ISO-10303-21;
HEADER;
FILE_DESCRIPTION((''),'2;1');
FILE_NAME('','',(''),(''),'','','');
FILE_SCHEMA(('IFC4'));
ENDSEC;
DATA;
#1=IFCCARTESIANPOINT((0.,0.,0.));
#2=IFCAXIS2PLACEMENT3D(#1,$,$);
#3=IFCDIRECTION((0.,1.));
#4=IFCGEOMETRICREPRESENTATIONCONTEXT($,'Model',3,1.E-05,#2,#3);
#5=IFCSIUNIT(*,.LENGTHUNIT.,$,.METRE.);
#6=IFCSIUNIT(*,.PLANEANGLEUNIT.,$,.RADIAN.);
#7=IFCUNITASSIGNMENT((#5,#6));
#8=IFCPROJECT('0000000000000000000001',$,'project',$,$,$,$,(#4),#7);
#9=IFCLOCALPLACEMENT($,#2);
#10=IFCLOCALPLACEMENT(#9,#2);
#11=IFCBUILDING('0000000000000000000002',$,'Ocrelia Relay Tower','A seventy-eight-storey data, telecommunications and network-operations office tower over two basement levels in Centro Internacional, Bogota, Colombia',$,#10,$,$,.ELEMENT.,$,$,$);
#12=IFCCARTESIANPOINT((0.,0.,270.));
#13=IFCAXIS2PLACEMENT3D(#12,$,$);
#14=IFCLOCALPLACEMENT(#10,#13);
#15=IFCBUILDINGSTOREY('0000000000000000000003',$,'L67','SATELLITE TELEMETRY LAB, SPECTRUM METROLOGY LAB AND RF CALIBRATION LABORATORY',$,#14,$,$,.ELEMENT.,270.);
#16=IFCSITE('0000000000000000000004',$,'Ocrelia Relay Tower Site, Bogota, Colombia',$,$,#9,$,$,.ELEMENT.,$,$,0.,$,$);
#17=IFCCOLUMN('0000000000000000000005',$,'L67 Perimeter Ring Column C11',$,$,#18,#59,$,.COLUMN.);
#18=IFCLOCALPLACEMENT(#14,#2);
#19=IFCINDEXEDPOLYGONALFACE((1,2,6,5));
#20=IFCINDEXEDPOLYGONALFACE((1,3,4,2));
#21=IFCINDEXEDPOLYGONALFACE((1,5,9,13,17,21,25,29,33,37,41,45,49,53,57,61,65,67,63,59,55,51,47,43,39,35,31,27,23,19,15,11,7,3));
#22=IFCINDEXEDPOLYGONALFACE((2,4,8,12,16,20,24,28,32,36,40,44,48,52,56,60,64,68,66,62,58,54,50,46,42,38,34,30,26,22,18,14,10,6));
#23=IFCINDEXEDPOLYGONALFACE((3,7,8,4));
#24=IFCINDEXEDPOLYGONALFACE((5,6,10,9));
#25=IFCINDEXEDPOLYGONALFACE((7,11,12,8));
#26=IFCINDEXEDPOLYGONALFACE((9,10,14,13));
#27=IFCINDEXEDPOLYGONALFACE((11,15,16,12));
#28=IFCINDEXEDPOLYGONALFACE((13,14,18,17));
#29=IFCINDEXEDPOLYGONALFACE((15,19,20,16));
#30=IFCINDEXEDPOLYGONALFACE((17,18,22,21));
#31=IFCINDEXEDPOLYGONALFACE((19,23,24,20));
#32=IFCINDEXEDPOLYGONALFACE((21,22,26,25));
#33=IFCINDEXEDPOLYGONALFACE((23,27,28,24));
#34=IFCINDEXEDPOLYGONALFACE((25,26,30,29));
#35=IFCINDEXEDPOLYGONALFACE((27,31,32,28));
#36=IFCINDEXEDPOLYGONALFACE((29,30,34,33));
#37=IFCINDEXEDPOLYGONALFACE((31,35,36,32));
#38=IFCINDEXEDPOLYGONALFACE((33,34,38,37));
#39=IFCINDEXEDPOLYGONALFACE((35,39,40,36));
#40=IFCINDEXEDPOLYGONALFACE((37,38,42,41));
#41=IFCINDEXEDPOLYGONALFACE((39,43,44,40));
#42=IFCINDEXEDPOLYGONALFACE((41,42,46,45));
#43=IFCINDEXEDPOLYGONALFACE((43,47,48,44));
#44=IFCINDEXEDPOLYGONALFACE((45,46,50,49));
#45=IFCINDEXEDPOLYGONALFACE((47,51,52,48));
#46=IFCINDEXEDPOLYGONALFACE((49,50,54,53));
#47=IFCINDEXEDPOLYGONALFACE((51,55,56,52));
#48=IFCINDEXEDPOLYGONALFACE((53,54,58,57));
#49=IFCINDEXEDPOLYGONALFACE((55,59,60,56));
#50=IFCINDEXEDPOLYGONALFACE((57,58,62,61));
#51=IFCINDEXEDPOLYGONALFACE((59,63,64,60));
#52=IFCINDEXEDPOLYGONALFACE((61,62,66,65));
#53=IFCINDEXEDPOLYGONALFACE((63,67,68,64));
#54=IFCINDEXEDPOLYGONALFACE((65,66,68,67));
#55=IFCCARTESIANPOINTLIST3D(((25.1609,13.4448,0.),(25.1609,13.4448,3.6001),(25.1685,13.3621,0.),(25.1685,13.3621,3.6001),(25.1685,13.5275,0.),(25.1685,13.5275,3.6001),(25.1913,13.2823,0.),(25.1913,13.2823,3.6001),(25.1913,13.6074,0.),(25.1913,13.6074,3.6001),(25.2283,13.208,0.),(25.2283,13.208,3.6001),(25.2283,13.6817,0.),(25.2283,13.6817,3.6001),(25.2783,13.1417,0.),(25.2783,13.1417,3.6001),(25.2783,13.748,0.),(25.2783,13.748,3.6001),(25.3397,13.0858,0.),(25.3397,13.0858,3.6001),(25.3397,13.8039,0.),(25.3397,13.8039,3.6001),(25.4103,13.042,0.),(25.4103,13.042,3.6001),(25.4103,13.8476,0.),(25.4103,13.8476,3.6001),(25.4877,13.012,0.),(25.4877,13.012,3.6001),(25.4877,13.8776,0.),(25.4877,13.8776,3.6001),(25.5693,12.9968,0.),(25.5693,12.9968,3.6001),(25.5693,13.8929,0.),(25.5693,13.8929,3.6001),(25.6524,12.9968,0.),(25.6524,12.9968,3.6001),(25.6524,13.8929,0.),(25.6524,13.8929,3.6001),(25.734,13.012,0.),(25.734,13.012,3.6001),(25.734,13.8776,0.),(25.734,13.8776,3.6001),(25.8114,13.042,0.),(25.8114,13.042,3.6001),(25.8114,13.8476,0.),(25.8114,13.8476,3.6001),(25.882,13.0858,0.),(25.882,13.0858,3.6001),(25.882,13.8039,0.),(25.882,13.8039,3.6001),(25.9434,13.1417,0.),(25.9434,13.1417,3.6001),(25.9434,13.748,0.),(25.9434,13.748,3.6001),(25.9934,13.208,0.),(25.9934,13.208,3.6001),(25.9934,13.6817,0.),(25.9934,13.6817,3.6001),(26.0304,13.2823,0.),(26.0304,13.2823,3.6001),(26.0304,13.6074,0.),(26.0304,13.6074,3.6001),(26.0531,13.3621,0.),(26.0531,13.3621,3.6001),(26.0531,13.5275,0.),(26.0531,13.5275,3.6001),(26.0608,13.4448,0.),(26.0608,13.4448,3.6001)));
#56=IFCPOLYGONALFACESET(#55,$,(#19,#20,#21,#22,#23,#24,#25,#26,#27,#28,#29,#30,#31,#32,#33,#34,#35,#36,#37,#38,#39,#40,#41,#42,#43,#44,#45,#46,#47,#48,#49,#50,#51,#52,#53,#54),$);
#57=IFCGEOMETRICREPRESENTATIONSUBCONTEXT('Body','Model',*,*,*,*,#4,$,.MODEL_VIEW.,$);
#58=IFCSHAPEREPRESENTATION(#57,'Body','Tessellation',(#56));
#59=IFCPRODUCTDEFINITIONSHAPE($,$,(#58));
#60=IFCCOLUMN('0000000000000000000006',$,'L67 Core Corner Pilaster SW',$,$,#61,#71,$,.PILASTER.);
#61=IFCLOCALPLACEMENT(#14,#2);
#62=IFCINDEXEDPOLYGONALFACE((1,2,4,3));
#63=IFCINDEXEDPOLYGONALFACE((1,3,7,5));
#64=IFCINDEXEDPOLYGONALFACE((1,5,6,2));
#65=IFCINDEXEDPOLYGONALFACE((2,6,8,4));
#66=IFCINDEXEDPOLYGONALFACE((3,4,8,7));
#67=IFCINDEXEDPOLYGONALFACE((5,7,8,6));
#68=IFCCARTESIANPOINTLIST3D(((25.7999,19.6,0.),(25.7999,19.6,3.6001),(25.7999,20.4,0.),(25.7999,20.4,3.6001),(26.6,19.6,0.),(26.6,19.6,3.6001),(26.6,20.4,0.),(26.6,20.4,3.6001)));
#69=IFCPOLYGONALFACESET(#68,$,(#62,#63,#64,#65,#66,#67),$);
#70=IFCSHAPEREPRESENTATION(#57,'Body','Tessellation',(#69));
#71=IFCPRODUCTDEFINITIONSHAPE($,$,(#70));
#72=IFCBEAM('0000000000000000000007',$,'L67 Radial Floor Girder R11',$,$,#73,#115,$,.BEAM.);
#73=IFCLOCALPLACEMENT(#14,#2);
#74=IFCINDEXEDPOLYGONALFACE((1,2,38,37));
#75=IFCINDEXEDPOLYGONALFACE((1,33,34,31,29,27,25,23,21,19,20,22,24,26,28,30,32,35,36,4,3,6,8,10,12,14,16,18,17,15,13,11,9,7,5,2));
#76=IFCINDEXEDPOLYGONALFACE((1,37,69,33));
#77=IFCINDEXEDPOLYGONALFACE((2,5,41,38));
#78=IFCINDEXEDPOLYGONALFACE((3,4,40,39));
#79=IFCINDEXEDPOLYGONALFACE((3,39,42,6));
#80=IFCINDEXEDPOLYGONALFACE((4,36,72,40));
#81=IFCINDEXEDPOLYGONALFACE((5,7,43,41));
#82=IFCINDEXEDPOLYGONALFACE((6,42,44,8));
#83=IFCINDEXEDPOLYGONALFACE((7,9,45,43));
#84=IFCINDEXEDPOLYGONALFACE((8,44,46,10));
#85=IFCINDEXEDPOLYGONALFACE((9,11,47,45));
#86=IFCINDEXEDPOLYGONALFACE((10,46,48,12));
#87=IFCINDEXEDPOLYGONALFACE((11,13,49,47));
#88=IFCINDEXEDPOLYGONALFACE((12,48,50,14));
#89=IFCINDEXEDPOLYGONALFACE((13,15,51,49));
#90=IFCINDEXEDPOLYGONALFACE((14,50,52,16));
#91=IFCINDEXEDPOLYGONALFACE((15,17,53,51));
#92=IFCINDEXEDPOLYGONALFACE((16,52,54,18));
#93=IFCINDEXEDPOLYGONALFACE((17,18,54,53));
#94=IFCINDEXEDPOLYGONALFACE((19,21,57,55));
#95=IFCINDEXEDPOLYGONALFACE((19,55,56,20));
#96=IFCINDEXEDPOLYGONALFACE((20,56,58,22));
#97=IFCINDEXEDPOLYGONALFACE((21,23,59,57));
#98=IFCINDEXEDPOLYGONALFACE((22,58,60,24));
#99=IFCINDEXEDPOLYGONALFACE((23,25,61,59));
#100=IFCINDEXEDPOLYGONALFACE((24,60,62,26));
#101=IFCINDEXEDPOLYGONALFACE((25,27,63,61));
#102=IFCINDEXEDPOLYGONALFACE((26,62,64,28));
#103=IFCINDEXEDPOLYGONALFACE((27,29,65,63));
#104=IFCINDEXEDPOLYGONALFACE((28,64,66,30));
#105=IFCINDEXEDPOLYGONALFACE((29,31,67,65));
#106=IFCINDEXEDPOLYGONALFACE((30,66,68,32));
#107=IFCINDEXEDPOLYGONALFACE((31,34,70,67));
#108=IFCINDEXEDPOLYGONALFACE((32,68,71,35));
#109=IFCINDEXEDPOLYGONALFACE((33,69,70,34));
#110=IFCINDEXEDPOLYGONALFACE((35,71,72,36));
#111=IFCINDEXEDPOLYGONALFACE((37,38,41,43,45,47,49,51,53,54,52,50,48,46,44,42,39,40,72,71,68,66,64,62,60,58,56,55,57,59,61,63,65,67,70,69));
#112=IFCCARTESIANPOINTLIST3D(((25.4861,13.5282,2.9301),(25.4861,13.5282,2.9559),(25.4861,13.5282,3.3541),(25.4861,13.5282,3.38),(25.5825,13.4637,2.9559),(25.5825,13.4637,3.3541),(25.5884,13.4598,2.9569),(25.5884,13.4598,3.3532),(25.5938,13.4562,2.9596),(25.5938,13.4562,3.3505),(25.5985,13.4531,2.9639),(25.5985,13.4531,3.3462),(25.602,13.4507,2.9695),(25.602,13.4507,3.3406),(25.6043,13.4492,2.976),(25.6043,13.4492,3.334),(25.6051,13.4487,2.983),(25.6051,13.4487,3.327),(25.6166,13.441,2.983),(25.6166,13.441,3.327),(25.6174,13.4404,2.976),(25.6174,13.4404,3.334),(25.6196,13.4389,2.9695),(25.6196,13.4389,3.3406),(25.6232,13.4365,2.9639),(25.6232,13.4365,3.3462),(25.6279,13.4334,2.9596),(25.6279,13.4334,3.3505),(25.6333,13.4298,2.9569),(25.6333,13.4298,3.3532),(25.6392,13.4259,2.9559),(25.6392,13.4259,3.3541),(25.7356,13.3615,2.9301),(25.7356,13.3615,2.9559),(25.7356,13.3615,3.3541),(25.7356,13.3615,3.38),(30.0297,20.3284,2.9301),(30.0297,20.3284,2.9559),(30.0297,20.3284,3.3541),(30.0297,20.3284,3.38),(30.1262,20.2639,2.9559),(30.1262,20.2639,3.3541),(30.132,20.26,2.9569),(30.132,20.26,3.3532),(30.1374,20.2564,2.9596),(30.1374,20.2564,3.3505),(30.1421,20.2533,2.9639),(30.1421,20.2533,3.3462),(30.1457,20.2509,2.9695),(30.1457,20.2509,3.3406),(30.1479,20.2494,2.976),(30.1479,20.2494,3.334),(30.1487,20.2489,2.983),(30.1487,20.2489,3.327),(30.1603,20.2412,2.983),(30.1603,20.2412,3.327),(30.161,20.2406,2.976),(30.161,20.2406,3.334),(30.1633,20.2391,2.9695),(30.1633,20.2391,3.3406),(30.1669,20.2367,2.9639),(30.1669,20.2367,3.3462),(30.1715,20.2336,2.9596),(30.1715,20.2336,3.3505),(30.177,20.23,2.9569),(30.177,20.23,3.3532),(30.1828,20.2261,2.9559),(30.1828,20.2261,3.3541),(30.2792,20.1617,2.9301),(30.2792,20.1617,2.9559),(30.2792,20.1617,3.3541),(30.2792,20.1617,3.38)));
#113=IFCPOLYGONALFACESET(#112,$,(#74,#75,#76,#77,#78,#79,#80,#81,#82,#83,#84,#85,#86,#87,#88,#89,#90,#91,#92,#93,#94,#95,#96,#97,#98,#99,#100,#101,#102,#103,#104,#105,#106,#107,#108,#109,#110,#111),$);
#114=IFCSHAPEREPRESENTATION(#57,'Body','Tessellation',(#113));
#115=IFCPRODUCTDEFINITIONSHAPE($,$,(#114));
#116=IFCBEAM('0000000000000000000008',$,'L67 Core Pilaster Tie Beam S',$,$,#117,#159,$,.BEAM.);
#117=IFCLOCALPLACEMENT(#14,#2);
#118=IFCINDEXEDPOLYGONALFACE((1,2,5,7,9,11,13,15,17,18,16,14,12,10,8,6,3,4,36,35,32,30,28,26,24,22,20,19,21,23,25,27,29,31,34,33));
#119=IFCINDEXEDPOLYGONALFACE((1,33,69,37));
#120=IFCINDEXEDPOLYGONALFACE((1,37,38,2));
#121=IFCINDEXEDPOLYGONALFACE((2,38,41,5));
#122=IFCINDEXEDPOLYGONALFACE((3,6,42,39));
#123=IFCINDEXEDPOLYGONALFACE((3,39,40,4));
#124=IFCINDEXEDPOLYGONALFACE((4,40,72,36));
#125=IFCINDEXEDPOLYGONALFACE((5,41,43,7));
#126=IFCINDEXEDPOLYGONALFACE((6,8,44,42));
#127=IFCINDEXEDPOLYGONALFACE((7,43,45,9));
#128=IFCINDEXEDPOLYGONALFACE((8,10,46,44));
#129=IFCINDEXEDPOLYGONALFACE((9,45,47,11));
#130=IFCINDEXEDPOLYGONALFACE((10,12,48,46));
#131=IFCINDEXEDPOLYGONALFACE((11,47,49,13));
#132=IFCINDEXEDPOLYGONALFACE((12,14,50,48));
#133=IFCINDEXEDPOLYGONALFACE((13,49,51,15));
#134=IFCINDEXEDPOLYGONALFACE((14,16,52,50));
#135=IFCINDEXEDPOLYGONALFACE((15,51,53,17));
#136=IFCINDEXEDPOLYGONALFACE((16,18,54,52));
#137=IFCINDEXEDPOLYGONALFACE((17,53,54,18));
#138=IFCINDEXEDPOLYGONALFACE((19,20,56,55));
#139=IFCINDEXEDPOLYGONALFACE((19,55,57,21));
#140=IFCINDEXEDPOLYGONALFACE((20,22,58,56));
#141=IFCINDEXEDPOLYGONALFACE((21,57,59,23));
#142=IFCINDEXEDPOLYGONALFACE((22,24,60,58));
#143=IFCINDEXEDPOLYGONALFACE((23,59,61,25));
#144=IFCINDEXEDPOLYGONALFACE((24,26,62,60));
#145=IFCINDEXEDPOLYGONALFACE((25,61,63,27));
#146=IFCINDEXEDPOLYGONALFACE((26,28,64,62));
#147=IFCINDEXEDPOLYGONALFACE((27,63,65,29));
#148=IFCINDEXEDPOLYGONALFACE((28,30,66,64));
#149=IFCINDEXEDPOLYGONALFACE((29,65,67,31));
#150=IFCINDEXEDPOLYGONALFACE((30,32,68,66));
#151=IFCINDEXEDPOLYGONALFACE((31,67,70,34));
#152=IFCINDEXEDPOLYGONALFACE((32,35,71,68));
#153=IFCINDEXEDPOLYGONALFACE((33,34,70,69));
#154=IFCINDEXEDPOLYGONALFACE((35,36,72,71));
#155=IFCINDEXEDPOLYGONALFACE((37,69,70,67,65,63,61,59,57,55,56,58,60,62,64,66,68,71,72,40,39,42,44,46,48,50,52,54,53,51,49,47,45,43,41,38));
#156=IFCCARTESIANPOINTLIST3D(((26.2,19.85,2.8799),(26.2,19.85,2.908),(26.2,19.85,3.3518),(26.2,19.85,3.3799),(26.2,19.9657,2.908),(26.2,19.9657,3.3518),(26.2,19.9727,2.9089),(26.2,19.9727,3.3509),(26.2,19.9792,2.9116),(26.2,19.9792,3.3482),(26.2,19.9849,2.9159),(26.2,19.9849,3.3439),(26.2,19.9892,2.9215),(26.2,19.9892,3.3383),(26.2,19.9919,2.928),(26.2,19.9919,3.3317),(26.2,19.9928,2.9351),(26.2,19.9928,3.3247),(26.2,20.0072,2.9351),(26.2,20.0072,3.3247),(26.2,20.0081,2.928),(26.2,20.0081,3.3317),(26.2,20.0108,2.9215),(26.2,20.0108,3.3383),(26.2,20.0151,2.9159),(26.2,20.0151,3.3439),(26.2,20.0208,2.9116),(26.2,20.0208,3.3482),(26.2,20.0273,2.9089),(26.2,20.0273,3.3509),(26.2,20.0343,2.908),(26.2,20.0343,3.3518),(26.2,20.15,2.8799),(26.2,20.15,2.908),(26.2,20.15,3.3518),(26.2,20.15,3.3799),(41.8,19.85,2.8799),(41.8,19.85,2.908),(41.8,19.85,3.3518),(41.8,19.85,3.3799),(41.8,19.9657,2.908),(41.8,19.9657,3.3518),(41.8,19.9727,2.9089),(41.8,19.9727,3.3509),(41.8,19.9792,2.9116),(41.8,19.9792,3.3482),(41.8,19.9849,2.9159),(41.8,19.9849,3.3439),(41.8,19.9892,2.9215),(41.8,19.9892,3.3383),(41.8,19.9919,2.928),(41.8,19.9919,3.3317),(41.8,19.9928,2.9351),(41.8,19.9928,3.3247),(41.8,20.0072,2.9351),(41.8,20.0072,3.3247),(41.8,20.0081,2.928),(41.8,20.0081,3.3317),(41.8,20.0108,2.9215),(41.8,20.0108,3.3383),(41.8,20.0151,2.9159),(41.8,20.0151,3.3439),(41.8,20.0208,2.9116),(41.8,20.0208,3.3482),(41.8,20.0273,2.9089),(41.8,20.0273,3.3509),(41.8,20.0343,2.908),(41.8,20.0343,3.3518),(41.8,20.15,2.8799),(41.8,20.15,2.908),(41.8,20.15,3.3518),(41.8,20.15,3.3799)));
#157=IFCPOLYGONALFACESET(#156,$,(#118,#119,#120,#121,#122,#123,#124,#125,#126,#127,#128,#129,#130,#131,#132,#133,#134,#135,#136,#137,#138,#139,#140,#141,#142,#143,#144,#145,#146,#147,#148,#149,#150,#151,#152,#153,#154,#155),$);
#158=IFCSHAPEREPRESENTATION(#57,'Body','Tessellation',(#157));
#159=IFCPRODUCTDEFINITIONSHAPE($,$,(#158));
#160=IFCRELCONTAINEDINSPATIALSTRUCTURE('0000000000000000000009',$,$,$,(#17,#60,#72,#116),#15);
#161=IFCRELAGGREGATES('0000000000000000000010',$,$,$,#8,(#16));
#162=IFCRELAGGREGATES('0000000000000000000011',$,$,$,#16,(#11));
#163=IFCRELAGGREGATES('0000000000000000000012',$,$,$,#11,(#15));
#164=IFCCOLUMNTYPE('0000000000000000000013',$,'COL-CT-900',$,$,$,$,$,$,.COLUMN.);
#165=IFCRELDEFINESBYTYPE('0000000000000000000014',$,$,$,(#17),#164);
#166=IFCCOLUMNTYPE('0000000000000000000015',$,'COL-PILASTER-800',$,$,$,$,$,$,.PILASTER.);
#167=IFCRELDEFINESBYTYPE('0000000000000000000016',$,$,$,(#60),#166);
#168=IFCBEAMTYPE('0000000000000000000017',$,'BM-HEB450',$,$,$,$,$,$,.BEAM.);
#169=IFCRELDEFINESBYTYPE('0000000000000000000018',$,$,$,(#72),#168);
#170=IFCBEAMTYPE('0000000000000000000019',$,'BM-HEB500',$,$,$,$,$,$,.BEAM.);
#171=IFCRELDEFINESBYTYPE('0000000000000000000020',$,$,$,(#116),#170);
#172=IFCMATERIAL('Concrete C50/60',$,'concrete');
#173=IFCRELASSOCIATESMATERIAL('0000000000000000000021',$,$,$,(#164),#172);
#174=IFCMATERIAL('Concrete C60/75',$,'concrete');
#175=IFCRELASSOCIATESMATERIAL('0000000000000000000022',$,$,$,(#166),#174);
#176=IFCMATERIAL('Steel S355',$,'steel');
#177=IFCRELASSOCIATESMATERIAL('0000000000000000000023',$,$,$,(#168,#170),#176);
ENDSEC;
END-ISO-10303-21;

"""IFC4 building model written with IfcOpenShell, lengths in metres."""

from ifc_helpers import new_model, si_unit, direction, frame, origin, origin_2d, place, context, subcontext, project, spatial, rectangle, circle, i_section, extrude, material, material_profile, profile_set, type_object, element, save


model = new_model("IFC4")

# Units and contexts
model_context = context("Model", 3, precision=1e-05, world=origin(), true_north=direction((0.0, 1.0)))
body_context = subcontext(model_context, "Body", "Model", "MODEL_VIEW")
ifc_project = project(units=[si_unit("LENGTHUNIT", "METRE"), si_unit("PLANEANGLEUNIT", "RADIAN")], contexts=[model_context])

# Site, building, storey
site_placement = place(None, origin())
site = spatial("IfcSite", under=ifc_project, at=site_placement, Name="Ocrelia Relay Tower Site, Bogota, Colombia", CompositionType="ELEMENT", RefElevation=0.0)
building_placement = place(site_placement, origin())
building = spatial("IfcBuilding", under=site, at=building_placement, Name="Ocrelia Relay Tower", Description="A seventy-eight-storey data, telecommunications and network-operations office tower over two basement levels in Centro Internacional, Bogota, Colombia", CompositionType="ELEMENT")
storey_placement = place(building_placement, frame((0.0, 0.0, 270.0)))
storey = spatial("IfcBuildingStorey", under=building, at=storey_placement, Name="L67", Description="SATELLITE TELEMETRY LAB, SPECTRUM METROLOGY LAB AND RF CALIBRATION LABORATORY", CompositionType="ELEMENT", Elevation=270.0)

# Columns
ifc_material_1 = material(Name="Concrete C50/60", Category="concrete")
ifc_material_profile_1 = material_profile(ifc_material_1, circle(Radius=0.45, at=origin_2d()), Name="RC-CIR-900")
ifc_profile_set_1 = profile_set([ifc_material_profile_1], Name="Concrete C50/60")
column_type_1 = type_object("IfcColumnType", Name="COL-CT-900", PredefinedType="COLUMN", material=ifc_profile_set_1)
column_1_placement = place(storey_placement, frame((25.6108, 13.4448, 0.0), z_axis=(0.0, 0.0, 1.0), x_axis=(1.0, 0.0, 0.0)))
element("IfcColumn", 1, at=column_1_placement, inside=storey, type_object=column_type_1, Name="L67 Perimeter Ring Column C11", PredefinedType="COLUMN", context=body_context, shape_type="SweptSolid", body=[
    extrude(circle(Radius=0.45, at=origin_2d()), origin(), (0.0, 0.0, 1.0), 3.6001),
])
ifc_material_2 = material(Name="Concrete C60/75", Category="concrete")
ifc_material_profile_2 = material_profile(ifc_material_2, rectangle(XDim=0.8, YDim=0.8, at=origin_2d()), Name="RC-COL-800x800")
ifc_profile_set_2 = profile_set([ifc_material_profile_2], Name="Concrete C60/75")
column_type_2 = type_object("IfcColumnType", Name="COL-PILASTER-800", PredefinedType="PILASTER", material=ifc_profile_set_2)
column_2_placement = place(storey_placement, frame((26.2, 20.0, 0.0), z_axis=(0.0, 0.0, 1.0), x_axis=(1.0, 0.0, 0.0)))
element("IfcColumn", 2, at=column_2_placement, inside=storey, type_object=column_type_2, Name="L67 Core Corner Pilaster SW", PredefinedType="PILASTER", context=body_context, shape_type="SweptSolid", body=[
    extrude(rectangle(XDim=0.8, YDim=0.8, at=origin_2d()), origin(), (0.0, 0.0, 1.0), 3.6001),
])

# Beams
ifc_material_3 = material(Name="Steel S355", Category="steel")
ifc_material_profile_3 = material_profile(ifc_material_3, i_section(OverallWidth=0.3, OverallDepth=0.45, WebThickness=0.0139, FlangeThickness=0.0259, FilletRadius=0.0271, at=origin_2d()), Name="HEB 450")
ifc_profile_set_3 = profile_set([ifc_material_profile_3], Name="Steel S355")
beam_type_1 = type_object("IfcBeamType", Name="BM-HEB450", PredefinedType="BEAM", material=ifc_profile_set_3)
beam_1_placement = place(storey_placement, frame((25.6108, 13.4448, 3.155), z_axis=(0.555561, 0.831476, 0.0), x_axis=(-0.831476, 0.555561, 0.0)))
element("IfcBeam", 3, at=beam_1_placement, inside=storey, type_object=beam_type_1, Name="L67 Radial Floor Girder R11", PredefinedType="BEAM", context=body_context, shape_type="SweptSolid", body=[
    extrude(i_section(OverallWidth=0.3, OverallDepth=0.45, WebThickness=0.0139, FlangeThickness=0.0259, FilletRadius=0.0271, at=origin_2d()), origin(), (0.0, 0.0, 1.0), 8.1785),
])
ifc_material_profile_4 = material_profile(ifc_material_3, i_section(OverallWidth=0.3, OverallDepth=0.5, WebThickness=0.0144, FlangeThickness=0.0281, FilletRadius=0.0271, at=origin_2d()), Name="HEB 500")
ifc_profile_set_4 = profile_set([ifc_material_profile_4], Name="Steel S355")
beam_type_2 = type_object("IfcBeamType", Name="BM-HEB500", PredefinedType="BEAM", material=ifc_profile_set_4)
beam_2_placement = place(storey_placement, frame((26.2, 20.0, 3.1299), z_axis=(1.0, 0.0, 0.0), x_axis=(0.0, 1.0, 0.0)))
element("IfcBeam", 4, at=beam_2_placement, inside=storey, type_object=beam_type_2, Name="L67 Core Pilaster Tie Beam S", PredefinedType="BEAM", context=body_context, shape_type="SweptSolid", body=[
    extrude(i_section(OverallWidth=0.3, OverallDepth=0.5, WebThickness=0.0144, FlangeThickness=0.0281, FilletRadius=0.0271, at=origin_2d()), origin(), (0.0, 0.0, 1.0), 15.6001),
])

save(model, "model.ifc")
